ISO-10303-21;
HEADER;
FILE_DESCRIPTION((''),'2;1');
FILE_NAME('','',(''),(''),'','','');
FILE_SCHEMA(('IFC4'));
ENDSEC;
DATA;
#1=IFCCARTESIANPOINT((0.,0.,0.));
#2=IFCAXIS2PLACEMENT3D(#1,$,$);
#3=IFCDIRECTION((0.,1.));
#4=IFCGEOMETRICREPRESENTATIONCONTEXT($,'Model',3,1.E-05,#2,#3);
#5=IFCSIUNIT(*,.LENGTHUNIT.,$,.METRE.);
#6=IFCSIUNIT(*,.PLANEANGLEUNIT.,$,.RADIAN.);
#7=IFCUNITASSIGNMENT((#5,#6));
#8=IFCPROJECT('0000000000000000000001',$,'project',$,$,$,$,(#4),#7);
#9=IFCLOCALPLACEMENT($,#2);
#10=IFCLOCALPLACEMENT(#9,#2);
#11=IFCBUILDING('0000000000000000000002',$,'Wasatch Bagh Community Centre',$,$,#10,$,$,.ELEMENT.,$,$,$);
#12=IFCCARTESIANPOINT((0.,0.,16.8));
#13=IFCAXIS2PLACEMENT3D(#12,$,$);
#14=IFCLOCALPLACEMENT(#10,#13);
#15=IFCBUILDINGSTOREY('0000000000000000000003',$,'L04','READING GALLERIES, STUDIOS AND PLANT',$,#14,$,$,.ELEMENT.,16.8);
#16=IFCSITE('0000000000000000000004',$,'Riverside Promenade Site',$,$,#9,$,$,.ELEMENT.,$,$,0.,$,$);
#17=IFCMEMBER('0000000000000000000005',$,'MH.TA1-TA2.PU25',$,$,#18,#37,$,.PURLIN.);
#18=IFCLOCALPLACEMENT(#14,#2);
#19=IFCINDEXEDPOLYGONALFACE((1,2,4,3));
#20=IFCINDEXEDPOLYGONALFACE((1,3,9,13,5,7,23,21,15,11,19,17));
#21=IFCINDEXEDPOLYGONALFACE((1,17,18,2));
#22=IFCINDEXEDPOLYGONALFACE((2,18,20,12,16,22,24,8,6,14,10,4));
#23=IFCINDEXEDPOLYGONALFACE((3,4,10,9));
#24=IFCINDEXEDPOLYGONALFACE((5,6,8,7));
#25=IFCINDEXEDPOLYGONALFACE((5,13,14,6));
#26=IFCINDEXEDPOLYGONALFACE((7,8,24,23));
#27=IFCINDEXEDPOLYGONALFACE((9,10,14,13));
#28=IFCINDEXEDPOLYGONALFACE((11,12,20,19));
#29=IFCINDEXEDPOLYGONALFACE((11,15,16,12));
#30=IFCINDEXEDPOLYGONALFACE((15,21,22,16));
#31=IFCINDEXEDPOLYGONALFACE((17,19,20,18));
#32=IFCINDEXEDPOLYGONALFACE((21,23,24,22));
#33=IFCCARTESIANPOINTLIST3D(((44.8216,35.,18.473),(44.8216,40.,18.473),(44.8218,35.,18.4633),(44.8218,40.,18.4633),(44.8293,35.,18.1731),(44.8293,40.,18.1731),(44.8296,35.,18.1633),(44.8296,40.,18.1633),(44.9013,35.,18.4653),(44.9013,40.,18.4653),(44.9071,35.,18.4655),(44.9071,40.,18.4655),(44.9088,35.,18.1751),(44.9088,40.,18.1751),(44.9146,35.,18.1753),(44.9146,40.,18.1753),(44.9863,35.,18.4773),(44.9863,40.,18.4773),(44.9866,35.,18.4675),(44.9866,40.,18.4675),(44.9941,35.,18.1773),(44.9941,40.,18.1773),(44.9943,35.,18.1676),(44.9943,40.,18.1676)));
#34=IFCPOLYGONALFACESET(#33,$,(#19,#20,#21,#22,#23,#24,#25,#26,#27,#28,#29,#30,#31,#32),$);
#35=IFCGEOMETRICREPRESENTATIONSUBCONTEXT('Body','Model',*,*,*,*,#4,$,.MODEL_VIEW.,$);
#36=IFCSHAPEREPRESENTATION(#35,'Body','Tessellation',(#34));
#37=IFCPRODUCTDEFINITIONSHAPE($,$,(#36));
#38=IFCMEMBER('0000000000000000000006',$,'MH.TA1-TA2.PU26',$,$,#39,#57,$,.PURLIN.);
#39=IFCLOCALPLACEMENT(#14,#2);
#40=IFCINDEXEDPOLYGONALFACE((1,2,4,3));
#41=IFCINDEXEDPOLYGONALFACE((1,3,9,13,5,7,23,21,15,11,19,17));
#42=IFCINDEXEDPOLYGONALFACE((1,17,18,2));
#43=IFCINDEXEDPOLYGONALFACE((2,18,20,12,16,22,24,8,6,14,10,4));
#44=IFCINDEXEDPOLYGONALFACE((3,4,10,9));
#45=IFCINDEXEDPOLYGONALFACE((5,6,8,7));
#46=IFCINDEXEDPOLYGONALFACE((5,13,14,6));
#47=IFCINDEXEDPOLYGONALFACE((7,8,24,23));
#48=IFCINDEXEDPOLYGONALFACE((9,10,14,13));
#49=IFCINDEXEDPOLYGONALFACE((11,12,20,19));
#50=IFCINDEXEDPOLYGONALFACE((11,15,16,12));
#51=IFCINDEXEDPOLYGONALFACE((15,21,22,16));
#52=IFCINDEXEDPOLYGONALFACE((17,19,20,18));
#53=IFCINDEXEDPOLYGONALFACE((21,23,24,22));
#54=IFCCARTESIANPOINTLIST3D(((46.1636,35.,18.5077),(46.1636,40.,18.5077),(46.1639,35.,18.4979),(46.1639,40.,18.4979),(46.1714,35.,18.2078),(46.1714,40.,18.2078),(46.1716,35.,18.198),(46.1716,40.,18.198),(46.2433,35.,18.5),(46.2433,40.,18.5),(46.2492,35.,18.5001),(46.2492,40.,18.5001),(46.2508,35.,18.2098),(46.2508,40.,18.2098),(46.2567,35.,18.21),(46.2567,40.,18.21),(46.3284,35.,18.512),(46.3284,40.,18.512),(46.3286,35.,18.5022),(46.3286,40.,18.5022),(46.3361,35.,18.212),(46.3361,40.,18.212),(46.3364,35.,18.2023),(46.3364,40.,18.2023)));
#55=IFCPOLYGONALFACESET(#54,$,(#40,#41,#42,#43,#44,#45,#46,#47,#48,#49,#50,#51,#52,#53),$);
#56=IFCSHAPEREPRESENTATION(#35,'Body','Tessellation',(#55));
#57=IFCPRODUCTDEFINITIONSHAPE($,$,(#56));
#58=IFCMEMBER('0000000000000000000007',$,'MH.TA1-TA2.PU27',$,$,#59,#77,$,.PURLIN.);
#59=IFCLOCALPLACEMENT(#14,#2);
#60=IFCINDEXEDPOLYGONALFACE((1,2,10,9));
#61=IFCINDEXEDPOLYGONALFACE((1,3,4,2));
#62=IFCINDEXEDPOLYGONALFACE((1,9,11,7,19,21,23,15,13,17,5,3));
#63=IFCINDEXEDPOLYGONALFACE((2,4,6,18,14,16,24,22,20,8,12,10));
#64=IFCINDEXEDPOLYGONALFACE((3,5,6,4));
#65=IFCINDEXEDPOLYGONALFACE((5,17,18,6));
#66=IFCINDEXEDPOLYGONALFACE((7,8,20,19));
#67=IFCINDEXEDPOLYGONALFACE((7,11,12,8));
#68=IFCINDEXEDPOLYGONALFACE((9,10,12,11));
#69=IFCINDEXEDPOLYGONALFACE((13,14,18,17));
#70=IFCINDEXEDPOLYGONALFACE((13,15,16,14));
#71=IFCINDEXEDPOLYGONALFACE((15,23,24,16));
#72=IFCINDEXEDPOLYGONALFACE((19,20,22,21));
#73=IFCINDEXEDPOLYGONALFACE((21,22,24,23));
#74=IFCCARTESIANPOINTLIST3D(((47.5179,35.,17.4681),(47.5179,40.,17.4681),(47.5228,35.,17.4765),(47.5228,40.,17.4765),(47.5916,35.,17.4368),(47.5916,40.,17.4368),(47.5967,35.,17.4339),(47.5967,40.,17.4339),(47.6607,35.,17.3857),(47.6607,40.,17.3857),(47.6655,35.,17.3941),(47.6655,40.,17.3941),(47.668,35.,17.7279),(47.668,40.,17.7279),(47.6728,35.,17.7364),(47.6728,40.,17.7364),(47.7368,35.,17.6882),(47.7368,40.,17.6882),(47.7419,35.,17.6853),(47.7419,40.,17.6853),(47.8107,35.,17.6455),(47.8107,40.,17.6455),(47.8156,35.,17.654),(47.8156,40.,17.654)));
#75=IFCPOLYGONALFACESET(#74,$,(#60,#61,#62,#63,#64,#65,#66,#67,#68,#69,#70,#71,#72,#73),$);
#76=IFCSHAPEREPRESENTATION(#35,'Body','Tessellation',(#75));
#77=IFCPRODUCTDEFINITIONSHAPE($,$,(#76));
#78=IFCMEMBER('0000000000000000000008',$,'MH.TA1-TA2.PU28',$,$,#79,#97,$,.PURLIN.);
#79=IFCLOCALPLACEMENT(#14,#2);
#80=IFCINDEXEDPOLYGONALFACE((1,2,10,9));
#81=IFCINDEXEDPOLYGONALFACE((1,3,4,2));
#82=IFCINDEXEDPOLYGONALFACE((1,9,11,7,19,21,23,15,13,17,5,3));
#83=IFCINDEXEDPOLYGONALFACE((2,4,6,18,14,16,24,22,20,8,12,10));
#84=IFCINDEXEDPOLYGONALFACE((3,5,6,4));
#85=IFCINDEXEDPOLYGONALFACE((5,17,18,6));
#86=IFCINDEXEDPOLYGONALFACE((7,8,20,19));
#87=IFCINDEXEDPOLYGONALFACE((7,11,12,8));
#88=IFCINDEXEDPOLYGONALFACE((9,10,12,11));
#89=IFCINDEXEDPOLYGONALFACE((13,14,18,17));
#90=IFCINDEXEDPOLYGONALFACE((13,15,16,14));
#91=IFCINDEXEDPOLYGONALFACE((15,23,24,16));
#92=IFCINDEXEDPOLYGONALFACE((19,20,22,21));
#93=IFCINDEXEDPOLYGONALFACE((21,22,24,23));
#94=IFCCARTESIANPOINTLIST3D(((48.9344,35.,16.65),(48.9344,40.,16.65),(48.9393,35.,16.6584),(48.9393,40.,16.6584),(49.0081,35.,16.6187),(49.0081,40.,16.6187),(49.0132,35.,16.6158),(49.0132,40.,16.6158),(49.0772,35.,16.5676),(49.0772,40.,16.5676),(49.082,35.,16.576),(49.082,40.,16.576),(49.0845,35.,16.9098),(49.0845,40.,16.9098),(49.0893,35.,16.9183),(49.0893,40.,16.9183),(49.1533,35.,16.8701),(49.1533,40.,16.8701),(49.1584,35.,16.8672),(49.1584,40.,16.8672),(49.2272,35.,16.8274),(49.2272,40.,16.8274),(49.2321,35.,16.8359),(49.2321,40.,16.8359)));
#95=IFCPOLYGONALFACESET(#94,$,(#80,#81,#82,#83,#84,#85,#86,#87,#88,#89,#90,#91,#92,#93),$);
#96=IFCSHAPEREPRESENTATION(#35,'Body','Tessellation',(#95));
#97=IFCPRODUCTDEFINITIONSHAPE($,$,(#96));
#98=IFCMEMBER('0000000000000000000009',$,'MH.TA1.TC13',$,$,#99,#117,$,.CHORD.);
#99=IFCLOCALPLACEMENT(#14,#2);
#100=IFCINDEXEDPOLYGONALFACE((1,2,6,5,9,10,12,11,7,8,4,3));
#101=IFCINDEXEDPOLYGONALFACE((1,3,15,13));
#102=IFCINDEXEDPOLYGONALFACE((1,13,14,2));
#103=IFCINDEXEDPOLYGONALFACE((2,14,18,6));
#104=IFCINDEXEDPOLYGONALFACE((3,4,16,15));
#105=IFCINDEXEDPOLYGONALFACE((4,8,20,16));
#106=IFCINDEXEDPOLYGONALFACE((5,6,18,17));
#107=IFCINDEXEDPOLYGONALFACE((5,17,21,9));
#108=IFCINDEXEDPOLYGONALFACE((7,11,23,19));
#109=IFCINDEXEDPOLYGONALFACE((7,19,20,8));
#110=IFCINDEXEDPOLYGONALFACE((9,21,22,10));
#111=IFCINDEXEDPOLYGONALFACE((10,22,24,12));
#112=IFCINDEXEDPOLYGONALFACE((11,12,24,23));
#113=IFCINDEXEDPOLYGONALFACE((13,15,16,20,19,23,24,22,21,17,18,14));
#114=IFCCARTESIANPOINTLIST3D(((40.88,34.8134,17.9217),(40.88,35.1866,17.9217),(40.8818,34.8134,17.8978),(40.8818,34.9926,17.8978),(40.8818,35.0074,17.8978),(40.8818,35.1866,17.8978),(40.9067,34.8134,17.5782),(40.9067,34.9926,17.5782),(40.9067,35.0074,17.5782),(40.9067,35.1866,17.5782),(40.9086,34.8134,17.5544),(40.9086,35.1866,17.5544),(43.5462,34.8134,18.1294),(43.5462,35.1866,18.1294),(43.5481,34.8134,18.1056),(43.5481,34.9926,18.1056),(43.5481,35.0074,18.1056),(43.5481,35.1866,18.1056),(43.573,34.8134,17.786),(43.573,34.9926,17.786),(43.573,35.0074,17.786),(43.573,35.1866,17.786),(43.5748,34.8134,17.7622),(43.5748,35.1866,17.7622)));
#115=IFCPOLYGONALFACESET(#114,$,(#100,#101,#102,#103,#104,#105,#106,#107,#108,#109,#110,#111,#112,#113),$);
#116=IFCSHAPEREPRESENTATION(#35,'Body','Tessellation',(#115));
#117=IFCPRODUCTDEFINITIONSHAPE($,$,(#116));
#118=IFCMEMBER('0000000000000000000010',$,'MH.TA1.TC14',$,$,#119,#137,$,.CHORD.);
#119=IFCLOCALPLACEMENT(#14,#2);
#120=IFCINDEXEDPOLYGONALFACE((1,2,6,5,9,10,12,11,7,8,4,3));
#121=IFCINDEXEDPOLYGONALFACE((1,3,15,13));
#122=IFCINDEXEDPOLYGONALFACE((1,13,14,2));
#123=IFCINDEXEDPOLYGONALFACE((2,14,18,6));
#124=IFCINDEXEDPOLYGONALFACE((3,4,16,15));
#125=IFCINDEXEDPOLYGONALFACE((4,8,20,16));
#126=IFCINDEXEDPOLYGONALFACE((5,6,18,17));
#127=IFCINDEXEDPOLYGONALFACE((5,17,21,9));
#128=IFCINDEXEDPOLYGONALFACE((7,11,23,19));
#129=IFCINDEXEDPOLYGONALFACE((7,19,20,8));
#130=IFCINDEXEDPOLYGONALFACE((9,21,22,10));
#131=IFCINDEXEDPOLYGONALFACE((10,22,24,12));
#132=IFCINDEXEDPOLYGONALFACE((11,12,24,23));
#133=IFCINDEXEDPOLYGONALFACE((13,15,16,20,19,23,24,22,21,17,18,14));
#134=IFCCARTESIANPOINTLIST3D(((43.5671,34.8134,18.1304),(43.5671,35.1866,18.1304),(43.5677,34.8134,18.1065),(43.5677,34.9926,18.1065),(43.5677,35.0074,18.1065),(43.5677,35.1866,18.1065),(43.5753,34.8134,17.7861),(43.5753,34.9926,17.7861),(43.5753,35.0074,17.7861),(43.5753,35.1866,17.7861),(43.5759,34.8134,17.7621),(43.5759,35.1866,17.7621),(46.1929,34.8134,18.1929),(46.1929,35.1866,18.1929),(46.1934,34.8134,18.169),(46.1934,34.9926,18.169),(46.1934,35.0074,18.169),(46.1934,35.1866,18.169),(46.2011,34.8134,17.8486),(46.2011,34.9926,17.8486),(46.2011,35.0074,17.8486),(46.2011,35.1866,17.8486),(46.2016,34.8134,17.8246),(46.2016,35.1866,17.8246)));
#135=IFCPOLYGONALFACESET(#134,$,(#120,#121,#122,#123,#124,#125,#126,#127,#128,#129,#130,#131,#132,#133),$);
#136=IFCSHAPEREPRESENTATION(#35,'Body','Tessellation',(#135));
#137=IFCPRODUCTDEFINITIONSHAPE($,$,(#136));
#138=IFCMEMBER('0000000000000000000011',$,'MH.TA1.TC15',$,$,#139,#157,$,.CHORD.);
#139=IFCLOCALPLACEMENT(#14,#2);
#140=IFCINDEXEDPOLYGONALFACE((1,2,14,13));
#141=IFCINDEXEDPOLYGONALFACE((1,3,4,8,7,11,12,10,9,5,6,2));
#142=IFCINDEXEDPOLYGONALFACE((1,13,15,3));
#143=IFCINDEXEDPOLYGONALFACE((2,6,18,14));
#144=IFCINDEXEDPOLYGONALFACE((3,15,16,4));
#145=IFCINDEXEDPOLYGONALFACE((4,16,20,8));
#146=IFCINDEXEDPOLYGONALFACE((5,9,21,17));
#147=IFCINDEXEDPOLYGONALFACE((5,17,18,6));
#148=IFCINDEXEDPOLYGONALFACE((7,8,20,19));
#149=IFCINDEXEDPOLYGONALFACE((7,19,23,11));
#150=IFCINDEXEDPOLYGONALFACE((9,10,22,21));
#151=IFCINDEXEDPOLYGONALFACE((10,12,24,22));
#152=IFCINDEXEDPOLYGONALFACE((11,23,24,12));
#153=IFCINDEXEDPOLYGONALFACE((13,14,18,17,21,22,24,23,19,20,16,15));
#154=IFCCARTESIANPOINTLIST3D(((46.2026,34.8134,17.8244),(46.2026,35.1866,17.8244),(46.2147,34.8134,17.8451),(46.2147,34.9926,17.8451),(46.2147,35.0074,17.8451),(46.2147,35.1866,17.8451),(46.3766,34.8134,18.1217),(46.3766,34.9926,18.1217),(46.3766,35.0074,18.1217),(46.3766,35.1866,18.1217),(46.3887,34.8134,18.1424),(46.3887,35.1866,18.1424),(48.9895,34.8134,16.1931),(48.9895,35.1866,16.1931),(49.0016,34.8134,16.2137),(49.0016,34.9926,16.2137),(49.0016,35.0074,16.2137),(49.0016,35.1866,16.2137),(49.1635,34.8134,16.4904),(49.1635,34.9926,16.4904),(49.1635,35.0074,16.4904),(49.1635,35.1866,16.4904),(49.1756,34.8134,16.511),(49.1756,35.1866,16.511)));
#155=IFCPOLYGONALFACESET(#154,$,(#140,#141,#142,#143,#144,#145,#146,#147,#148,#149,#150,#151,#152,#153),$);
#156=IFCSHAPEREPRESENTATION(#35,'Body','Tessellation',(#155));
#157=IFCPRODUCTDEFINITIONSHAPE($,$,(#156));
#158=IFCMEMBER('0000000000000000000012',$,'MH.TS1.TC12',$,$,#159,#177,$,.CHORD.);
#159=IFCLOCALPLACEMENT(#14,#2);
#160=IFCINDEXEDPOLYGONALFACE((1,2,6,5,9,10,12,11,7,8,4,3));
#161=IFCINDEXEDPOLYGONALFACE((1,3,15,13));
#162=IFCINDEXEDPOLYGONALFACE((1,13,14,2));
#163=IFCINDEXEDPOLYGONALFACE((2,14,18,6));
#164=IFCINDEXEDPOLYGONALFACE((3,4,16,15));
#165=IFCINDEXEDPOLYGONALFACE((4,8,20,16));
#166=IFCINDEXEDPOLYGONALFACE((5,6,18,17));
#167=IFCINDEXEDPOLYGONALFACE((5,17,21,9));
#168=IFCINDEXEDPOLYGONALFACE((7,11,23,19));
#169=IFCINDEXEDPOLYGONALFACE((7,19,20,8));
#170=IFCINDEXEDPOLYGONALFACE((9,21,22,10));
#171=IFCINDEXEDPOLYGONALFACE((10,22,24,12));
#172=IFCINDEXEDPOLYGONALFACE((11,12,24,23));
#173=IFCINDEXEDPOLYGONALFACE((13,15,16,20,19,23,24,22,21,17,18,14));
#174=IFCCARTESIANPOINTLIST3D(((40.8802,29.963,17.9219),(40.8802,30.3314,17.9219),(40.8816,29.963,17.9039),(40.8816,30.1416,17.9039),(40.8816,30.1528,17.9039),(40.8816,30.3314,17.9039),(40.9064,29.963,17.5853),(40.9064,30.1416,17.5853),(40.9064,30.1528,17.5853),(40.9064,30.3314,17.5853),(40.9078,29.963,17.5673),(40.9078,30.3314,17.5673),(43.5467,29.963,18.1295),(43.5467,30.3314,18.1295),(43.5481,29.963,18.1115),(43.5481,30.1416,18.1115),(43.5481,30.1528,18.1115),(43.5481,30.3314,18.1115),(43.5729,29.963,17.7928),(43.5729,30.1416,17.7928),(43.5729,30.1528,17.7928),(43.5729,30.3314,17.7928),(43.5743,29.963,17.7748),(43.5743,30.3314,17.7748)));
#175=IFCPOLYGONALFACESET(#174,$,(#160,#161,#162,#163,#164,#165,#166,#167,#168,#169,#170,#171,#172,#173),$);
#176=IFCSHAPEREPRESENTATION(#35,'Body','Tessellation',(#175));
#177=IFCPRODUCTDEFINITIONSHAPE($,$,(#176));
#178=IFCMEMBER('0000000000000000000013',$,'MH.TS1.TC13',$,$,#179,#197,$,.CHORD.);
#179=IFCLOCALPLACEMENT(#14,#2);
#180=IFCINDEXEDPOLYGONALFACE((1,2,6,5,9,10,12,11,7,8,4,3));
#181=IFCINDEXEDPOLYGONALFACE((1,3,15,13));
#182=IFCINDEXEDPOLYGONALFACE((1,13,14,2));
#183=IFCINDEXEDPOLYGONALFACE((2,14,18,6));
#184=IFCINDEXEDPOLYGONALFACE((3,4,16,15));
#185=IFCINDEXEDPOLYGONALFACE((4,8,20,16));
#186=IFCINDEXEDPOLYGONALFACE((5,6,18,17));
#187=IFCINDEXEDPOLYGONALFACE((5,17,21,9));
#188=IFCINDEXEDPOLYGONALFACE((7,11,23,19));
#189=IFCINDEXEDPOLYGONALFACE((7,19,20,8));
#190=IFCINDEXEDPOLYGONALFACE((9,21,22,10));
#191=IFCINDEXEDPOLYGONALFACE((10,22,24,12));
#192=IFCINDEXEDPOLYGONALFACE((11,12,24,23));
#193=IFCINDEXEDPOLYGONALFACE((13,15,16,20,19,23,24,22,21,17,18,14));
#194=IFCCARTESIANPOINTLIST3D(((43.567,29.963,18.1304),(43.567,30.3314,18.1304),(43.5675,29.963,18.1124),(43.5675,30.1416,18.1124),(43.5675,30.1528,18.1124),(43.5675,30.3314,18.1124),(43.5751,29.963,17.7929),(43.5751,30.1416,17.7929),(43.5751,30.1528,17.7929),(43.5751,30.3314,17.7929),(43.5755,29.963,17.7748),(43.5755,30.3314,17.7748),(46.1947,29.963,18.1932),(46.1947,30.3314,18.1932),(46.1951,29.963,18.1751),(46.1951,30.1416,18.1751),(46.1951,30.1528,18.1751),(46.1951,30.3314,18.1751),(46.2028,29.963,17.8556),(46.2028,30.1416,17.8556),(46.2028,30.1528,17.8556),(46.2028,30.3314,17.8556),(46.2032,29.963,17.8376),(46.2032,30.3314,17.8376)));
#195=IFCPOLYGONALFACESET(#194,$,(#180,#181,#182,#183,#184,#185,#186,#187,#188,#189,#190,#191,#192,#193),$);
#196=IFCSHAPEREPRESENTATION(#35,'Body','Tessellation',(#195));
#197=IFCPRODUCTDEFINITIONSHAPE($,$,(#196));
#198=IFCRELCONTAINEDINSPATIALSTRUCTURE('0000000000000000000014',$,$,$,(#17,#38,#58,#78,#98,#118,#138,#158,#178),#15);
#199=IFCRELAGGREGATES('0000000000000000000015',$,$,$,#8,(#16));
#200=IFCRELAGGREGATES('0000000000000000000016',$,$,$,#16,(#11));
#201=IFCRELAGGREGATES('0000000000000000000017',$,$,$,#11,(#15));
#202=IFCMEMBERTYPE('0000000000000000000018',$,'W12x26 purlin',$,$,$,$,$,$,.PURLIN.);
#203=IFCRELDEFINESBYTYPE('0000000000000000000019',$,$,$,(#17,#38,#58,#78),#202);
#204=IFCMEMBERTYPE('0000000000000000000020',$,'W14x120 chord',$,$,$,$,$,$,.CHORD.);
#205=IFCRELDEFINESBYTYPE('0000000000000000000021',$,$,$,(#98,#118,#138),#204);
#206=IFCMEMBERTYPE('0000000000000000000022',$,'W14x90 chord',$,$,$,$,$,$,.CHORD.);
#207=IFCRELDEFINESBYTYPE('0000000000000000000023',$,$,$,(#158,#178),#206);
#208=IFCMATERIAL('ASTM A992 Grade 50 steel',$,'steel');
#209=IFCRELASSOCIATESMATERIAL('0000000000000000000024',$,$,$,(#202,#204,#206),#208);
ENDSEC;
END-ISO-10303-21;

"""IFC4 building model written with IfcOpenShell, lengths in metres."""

from ifc_helpers import new_model, si_unit, direction, frame, origin, origin_2d, place, context, subcontext, project, spatial, i_section, extrude, material, material_profile, profile_set, type_object, element, save


model = new_model("IFC4")

# Units and contexts
model_context = context("Model", 3, precision=1e-05, world=origin(), true_north=direction((0.0, 1.0)))
body_context = subcontext(model_context, "Body", "Model", "MODEL_VIEW")
ifc_project = project(units=[si_unit("LENGTHUNIT", "METRE"), si_unit("PLANEANGLEUNIT", "RADIAN")], contexts=[model_context])

# Site, building, storey
site_placement = place(None, origin())
site = spatial("IfcSite", under=ifc_project, at=site_placement, Name="Riverside Promenade Site", CompositionType="ELEMENT", RefElevation=0.0)
building_placement = place(site_placement, origin())
building = spatial("IfcBuilding", under=site, at=building_placement, Name="Wasatch Bagh Community Centre", CompositionType="ELEMENT")
storey_placement = place(building_placement, frame((0.0, 0.0, 16.8)))
storey = spatial("IfcBuildingStorey", under=building, at=storey_placement, Name="L04", Description="READING GALLERIES, STUDIOS AND PLANT", CompositionType="ELEMENT", Elevation=16.8)

# Members
ifc_material_1 = material(Name="ASTM A992 Grade 50 steel", Category="steel")
ifc_material_profile_1 = material_profile(ifc_material_1, i_section(OverallWidth=0.1648, OverallDepth=0.3098, WebThickness=0.0059, FlangeThickness=0.0098, at=origin_2d()), Name="W12x26")
ifc_profile_set_1 = profile_set([ifc_material_profile_1], Name="ASTM A992 Grade 50 steel")
member_type_1 = type_object("IfcMemberType", Name="W12x26 purlin", PredefinedType="PURLIN", material=ifc_profile_set_1)
for number, where, z_axis, x_axis, name in (
    (1, (44.908, 35.0, 18.3203), (0.0, 1.0, 0.0), (-0.999667, 0.0, -0.025817), "MH.TA1-TA2.PU25"),
    (2, (46.25, 35.0, 18.355), (0.0, 1.0, 0.0), (-0.999667, 0.0, -0.025817), "MH.TA1-TA2.PU26"),
    (3, (47.6667, 35.0, 17.561), (0.0, 1.0, 0.0), (-0.866025, 0.0, 0.5), "MH.TA1-TA2.PU27"),
    (4, (49.0833, 35.0, 16.7429), (0.0, 1.0, 0.0), (-0.866025, 0.0, 0.5), "MH.TA1-TA2.PU28"),
):
    element("IfcMember", number, at=place(storey_placement, frame(where, z_axis=z_axis, x_axis=x_axis)), inside=storey, type_object=member_type_1, Name=name, PredefinedType="PURLIN", context=body_context, shape_type="SweptSolid", body=[
        extrude(i_section(OverallWidth=0.1648, OverallDepth=0.3098, WebThickness=0.0059, FlangeThickness=0.0098, at=origin_2d()), origin(), (0.0, 0.0, 1.0), 5.0),
    ])
ifc_material_profile_2 = material_profile(ifc_material_1, i_section(OverallWidth=0.3733, OverallDepth=0.3684, WebThickness=0.0149, FlangeThickness=0.0239, at=origin_2d()), Name="W14x120")
ifc_profile_set_2 = profile_set([ifc_material_profile_2], Name="ASTM A992 Grade 50 steel")
member_type_2 = type_object("IfcMemberType", Name="W14x120 chord", PredefinedType="CHORD", material=ifc_profile_set_2)
member_1_placement = place(storey_placement, frame((40.8943, 35.0, 17.738), z_axis=(0.996978, 0.0, 0.077688), x_axis=(0.0, 1.0, 0.0)))
element("IfcMember", 5, at=member_1_placement, inside=storey, type_object=member_type_2, Name="MH.TA1.TC13", PredefinedType="CHORD", context=body_context, shape_type="SweptSolid", body=[
    extrude(i_section(OverallWidth=0.3733, OverallDepth=0.3684, WebThickness=0.0149, FlangeThickness=0.0239, at=origin_2d()), origin(), (0.0, 0.0, 1.0), 2.6743),
])
member_2_placement = place(storey_placement, frame((43.5715, 35.0, 17.9463), z_axis=(0.999717, 0.0, 0.023796), x_axis=(0.0, 1.0, 0.0)))
element("IfcMember", 6, at=member_2_placement, inside=storey, type_object=member_type_2, Name="MH.TA1.TC14", PredefinedType="CHORD", context=body_context, shape_type="SweptSolid", body=[
    extrude(i_section(OverallWidth=0.3733, OverallDepth=0.3684, WebThickness=0.0149, FlangeThickness=0.0239, at=origin_2d()), origin(), (0.0, 0.0, 1.0), 2.6265),
])
member_3_placement = place(storey_placement, frame((46.2957, 35.0, 17.9834), z_axis=(0.863013, 0.0, -0.505182), x_axis=(0.0, 1.0, 0.0)))
element("IfcMember", 7, at=member_3_placement, inside=storey, type_object=member_type_2, Name="MH.TA1.TC15", PredefinedType="CHORD", context=body_context, shape_type="SweptSolid", body=[
    extrude(i_section(OverallWidth=0.3733, OverallDepth=0.3684, WebThickness=0.0149, FlangeThickness=0.0239, at=origin_2d()), origin(), (0.0, 0.0, 1.0), 3.2292),
])
ifc_material_profile_3 = material_profile(ifc_material_1, i_section(OverallWidth=0.3684, OverallDepth=0.3557, WebThickness=0.0112, FlangeThickness=0.0181, at=origin_2d()), Name="W14x90")
ifc_profile_set_3 = profile_set([ifc_material_profile_3], Name="ASTM A992 Grade 50 steel")
member_type_3 = type_object("IfcMemberType", Name="W14x90 chord", PredefinedType="CHORD", material=ifc_profile_set_3)
member_4_placement = place(storey_placement, frame((40.894, 30.1472, 17.7446), z_axis=(0.996985, 0.0, 0.07759), x_axis=(0.0, 1.0, 0.0)))
element("IfcMember", 8, at=member_4_placement, inside=storey, type_object=member_type_3, Name="MH.TS1.TC12", PredefinedType="CHORD", context=body_context, shape_type="SweptSolid", body=[
    extrude(i_section(OverallWidth=0.3684, OverallDepth=0.3557, WebThickness=0.0112, FlangeThickness=0.0181, at=origin_2d()), origin(), (0.0, 0.0, 1.0), 2.6746),
])
member_5_placement = place(storey_placement, frame((43.5713, 30.1472, 17.9526), z_axis=(0.999715, 0.0, 0.023871), x_axis=(0.0, 1.0, 0.0)))
element("IfcMember", 9, at=member_5_placement, inside=storey, type_object=member_type_3, Name="MH.TS1.TC13", PredefinedType="CHORD", context=body_context, shape_type="SweptSolid", body=[
    extrude(i_section(OverallWidth=0.3684, OverallDepth=0.3557, WebThickness=0.0112, FlangeThickness=0.0181, at=origin_2d()), origin(), (0.0, 0.0, 1.0), 2.6284),
])

save(model, "model.ifc")
